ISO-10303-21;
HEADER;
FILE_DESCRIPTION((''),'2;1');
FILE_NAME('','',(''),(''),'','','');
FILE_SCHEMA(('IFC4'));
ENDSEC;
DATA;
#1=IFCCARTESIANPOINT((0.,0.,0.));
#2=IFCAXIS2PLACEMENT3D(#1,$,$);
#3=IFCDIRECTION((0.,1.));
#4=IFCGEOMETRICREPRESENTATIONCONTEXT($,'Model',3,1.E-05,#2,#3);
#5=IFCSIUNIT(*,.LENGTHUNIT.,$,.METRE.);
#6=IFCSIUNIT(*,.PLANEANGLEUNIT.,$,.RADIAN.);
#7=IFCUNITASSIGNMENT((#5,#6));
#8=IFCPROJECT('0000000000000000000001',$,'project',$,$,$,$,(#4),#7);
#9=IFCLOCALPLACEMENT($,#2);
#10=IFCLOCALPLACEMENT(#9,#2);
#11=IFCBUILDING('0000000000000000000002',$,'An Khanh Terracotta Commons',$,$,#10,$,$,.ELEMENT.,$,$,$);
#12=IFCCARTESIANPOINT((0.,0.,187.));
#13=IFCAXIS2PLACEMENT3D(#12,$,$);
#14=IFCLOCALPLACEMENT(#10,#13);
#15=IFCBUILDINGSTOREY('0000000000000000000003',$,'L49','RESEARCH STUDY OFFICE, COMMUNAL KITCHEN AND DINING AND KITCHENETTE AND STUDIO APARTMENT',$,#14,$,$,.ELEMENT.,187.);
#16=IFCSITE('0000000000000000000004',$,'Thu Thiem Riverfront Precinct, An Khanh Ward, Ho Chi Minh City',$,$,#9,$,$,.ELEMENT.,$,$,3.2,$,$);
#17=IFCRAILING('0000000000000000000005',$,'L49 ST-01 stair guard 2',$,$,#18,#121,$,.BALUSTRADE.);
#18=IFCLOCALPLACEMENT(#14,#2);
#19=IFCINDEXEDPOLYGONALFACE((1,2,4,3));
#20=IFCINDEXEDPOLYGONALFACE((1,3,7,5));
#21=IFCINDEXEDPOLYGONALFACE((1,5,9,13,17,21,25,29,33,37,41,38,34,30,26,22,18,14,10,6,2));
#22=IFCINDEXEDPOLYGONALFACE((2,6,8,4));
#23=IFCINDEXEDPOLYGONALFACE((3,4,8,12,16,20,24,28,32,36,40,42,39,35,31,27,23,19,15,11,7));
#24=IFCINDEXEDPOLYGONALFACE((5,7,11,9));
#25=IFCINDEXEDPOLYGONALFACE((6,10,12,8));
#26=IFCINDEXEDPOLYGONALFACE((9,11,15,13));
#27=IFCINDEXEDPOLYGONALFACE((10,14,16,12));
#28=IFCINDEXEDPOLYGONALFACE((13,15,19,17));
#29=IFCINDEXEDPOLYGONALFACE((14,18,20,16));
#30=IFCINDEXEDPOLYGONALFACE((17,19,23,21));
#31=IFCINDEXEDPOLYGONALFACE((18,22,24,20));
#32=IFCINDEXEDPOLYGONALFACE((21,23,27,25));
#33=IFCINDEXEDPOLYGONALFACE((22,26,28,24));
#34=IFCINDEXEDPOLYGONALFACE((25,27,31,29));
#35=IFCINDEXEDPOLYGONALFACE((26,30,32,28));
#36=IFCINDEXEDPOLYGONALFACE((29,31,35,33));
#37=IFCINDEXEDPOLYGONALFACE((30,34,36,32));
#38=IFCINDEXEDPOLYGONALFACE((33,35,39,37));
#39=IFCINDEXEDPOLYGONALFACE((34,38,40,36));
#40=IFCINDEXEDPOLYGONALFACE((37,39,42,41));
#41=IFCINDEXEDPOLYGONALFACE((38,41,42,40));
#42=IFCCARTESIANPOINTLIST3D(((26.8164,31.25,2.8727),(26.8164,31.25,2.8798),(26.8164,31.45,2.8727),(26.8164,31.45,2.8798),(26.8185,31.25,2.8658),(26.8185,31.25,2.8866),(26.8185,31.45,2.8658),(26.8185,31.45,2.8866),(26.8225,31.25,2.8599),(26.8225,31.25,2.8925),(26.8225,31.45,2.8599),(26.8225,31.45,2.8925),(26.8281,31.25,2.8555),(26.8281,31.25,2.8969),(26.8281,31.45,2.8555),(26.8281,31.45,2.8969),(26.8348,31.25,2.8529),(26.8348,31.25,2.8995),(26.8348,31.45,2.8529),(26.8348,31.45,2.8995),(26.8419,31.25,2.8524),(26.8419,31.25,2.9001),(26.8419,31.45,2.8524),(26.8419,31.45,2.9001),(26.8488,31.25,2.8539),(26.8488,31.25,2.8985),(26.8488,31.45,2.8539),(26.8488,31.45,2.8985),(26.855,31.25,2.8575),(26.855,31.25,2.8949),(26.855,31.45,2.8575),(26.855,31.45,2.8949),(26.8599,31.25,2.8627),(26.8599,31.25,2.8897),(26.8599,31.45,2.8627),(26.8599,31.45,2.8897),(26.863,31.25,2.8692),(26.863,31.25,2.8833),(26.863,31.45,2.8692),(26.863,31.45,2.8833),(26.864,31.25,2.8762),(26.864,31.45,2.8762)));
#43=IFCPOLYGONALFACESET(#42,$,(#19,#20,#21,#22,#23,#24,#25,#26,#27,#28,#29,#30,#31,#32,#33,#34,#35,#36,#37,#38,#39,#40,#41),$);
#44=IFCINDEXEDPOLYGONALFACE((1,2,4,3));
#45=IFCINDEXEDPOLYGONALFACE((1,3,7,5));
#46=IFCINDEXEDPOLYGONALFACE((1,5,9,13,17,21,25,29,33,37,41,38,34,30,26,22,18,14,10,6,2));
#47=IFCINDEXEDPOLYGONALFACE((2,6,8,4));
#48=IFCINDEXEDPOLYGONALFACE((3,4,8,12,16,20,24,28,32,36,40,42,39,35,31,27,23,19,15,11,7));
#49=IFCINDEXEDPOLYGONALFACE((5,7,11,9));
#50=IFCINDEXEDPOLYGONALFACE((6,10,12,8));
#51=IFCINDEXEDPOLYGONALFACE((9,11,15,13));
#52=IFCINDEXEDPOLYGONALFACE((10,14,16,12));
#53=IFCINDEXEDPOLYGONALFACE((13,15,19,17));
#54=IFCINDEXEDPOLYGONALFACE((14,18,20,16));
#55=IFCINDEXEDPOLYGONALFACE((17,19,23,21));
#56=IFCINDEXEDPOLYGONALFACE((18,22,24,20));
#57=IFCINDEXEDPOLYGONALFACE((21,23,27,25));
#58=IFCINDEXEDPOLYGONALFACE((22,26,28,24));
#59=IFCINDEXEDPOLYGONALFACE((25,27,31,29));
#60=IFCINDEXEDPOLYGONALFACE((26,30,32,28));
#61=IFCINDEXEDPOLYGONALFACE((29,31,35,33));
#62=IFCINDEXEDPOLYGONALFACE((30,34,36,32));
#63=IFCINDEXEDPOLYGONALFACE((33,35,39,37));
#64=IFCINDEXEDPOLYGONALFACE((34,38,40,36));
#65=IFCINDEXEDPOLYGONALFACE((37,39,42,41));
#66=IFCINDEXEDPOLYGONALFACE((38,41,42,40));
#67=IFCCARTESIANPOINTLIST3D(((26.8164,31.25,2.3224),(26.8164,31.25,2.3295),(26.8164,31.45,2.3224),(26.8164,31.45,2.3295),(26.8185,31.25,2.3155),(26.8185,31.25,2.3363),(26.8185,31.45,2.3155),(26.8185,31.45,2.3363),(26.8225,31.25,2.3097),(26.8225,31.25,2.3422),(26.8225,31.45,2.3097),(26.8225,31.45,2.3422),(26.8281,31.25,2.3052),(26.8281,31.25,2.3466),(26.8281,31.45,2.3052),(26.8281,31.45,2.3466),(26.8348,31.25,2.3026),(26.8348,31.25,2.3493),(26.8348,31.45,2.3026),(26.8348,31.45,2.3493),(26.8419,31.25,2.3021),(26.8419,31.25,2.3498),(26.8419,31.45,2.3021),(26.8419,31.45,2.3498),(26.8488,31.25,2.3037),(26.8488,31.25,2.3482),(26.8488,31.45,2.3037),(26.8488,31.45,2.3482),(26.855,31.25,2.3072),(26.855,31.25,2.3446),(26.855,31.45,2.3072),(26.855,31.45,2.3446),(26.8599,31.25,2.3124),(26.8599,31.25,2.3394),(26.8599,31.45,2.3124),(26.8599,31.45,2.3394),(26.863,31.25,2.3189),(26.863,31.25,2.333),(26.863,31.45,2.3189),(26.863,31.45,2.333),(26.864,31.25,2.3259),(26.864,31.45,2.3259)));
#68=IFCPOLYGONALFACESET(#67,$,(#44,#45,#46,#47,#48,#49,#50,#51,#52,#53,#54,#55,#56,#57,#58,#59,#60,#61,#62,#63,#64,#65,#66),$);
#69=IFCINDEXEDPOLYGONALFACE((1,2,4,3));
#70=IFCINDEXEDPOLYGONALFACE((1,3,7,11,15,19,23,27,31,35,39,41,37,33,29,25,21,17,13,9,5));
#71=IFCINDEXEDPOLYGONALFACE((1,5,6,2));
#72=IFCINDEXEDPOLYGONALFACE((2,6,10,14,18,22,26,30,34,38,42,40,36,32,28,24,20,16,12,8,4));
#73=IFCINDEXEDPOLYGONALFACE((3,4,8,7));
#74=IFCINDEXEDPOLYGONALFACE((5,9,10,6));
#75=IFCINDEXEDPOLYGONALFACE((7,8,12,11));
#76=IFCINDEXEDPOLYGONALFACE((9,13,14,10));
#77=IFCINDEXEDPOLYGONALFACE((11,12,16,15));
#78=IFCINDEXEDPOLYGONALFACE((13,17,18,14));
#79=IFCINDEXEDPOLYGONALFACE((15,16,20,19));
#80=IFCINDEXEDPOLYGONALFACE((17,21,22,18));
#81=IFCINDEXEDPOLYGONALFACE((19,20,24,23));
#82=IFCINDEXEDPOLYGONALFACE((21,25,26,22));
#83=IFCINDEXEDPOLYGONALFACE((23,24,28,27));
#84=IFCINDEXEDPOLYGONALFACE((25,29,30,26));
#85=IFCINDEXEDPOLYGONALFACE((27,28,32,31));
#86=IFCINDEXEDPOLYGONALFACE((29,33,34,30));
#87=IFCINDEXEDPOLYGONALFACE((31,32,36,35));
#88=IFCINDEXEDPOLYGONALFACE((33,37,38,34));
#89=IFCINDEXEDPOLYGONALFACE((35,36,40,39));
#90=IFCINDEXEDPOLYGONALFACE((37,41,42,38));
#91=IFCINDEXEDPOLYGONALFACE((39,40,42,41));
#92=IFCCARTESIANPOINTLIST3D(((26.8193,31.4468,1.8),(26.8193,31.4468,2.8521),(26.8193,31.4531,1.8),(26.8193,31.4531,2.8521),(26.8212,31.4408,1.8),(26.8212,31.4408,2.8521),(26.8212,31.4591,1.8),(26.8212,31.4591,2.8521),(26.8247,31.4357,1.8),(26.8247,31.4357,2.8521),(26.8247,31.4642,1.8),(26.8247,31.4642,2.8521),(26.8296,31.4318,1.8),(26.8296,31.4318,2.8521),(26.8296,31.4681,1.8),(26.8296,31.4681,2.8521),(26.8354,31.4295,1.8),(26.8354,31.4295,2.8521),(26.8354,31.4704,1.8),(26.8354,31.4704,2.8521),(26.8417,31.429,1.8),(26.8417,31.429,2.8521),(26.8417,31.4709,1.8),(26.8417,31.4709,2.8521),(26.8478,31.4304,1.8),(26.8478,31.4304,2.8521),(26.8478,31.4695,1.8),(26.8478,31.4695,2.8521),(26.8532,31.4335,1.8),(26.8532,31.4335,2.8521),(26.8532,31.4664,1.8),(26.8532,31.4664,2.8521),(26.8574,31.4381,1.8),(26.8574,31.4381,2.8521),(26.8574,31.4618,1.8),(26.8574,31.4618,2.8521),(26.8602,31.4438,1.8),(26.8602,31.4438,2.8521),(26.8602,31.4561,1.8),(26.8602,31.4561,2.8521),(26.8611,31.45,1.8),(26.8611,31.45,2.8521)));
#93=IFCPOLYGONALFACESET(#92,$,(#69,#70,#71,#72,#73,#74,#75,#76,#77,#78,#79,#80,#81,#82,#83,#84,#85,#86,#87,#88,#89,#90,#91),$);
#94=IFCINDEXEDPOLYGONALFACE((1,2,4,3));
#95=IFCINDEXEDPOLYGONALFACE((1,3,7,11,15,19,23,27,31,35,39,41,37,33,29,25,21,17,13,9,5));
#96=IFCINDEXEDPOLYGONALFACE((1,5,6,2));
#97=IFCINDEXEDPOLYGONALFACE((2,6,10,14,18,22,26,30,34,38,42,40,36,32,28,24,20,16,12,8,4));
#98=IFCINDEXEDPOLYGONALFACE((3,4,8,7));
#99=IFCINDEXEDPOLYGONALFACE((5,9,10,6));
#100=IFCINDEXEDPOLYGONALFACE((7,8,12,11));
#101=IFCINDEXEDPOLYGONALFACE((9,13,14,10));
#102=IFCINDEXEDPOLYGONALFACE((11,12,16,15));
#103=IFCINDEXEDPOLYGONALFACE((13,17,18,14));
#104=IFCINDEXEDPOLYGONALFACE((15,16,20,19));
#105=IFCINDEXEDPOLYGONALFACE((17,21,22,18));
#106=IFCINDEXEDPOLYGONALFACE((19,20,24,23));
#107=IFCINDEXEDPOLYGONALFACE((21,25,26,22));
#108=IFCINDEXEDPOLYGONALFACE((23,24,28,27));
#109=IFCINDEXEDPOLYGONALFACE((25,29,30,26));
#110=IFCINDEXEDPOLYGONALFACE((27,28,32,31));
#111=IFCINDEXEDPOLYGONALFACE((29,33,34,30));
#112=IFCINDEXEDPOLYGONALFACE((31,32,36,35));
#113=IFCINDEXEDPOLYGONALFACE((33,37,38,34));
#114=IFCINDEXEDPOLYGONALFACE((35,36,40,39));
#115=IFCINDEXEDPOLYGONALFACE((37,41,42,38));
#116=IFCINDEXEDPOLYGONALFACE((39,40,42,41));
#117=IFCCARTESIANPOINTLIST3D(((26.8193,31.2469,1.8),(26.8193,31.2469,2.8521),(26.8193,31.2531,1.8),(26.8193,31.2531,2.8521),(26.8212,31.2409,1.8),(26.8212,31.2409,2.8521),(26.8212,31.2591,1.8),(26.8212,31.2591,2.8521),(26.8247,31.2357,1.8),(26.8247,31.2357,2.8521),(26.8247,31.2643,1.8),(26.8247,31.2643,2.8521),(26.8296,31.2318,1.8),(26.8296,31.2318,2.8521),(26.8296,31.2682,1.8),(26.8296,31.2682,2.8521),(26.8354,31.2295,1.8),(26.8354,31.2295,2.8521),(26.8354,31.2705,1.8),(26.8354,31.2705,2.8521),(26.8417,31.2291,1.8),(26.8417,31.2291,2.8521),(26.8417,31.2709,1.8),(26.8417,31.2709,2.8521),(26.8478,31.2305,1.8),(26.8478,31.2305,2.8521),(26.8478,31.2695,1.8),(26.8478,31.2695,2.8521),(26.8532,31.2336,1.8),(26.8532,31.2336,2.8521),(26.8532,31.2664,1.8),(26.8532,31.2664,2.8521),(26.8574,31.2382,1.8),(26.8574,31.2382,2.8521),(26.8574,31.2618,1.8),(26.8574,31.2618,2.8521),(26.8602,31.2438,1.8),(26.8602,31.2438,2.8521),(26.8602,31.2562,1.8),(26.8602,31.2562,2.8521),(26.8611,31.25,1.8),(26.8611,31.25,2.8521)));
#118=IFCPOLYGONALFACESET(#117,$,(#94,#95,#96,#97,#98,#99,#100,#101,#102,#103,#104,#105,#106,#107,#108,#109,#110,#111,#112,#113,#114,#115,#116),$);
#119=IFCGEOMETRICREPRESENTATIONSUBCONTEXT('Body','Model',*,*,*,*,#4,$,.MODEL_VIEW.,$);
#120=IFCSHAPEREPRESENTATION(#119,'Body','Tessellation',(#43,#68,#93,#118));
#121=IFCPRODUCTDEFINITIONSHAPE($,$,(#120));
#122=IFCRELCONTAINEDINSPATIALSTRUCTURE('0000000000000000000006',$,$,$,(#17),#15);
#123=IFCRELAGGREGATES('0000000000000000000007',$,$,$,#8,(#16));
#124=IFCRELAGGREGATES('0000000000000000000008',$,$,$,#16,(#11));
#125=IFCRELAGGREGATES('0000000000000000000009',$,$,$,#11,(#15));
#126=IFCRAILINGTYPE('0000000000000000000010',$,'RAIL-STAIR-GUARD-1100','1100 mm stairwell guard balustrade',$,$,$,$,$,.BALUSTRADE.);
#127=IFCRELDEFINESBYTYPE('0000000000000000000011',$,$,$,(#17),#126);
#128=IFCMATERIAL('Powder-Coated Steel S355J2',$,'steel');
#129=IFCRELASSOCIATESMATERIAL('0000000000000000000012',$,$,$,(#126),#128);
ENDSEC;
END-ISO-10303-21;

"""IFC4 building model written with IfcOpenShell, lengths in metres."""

from ifc_helpers import new_model, si_unit, direction, frame, origin, origin_2d, place, context, subcontext, project, spatial, circle, extrude, material, type_object, element, save


model = new_model("IFC4")

# Units and contexts
model_context = context("Model", 3, precision=1e-05, world=origin(), true_north=direction((0.0, 1.0)))
body_context = subcontext(model_context, "Body", "Model", "MODEL_VIEW")
ifc_project = project(units=[si_unit("LENGTHUNIT", "METRE"), si_unit("PLANEANGLEUNIT", "RADIAN")], contexts=[model_context])

# Site, building, storey
site_placement = place(None, origin())
site = spatial("IfcSite", under=ifc_project, at=site_placement, Name="Thu Thiem Riverfront Precinct, An Khanh Ward, Ho Chi Minh City", CompositionType="ELEMENT", RefElevation=3.2)
building_placement = place(site_placement, origin())
building = spatial("IfcBuilding", under=site, at=building_placement, Name="An Khanh Terracotta Commons", CompositionType="ELEMENT")
storey_placement = place(building_placement, frame((0.0, 0.0, 187.0)))
storey = spatial("IfcBuildingStorey", under=building, at=storey_placement, Name="L49", Description="RESEARCH STUDY OFFICE, COMMUNAL KITCHEN AND DINING AND KITCHENETTE AND STUDIO APARTMENT", CompositionType="ELEMENT", Elevation=187.0)

# Railing
ifc_material_1 = material(Name="Powder-Coated Steel S355J2", Category="steel")
railing_type_1 = type_object("IfcRailingType", Name="RAIL-STAIR-GUARD-1100", Description="1100 mm stairwell guard balustrade", PredefinedType="BALUSTRADE", material=ifc_material_1)
railing_1_placement = place(storey_placement, frame((26.8401, 31.45, 1.8)))
element("IfcRailing", 1, at=railing_1_placement, inside=storey, type_object=railing_type_1, Name="L49 ST-01 stair guard 2", PredefinedType="BALUSTRADE", context=body_context, shape_type="SweptSolid", body=[
    extrude(circle(Radius=0.0239, at=origin_2d()), frame((0.0, 0.0, 1.0762), z_axis=(0.0, -1.0, 0.0), x_axis=(1.0, 0.0, 0.0)), (0.0, 0.0, 1.0), 0.2),
    extrude(circle(Radius=0.0239, at=origin_2d()), frame((0.0, 0.0, 0.5259), z_axis=(0.0, -1.0, 0.0), x_axis=(1.0, 0.0, 0.0)), (0.0, 0.0, 1.0), 0.2),
    extrude(circle(Radius=0.021, at=origin_2d()), origin(), (0.0, 0.0, 1.0), 1.052),
    extrude(circle(Radius=0.021, at=origin_2d()), frame((0.0, -0.2, 0.0)), (0.0, 0.0, 1.0), 1.052),
])

save(model, "model.ifc")
